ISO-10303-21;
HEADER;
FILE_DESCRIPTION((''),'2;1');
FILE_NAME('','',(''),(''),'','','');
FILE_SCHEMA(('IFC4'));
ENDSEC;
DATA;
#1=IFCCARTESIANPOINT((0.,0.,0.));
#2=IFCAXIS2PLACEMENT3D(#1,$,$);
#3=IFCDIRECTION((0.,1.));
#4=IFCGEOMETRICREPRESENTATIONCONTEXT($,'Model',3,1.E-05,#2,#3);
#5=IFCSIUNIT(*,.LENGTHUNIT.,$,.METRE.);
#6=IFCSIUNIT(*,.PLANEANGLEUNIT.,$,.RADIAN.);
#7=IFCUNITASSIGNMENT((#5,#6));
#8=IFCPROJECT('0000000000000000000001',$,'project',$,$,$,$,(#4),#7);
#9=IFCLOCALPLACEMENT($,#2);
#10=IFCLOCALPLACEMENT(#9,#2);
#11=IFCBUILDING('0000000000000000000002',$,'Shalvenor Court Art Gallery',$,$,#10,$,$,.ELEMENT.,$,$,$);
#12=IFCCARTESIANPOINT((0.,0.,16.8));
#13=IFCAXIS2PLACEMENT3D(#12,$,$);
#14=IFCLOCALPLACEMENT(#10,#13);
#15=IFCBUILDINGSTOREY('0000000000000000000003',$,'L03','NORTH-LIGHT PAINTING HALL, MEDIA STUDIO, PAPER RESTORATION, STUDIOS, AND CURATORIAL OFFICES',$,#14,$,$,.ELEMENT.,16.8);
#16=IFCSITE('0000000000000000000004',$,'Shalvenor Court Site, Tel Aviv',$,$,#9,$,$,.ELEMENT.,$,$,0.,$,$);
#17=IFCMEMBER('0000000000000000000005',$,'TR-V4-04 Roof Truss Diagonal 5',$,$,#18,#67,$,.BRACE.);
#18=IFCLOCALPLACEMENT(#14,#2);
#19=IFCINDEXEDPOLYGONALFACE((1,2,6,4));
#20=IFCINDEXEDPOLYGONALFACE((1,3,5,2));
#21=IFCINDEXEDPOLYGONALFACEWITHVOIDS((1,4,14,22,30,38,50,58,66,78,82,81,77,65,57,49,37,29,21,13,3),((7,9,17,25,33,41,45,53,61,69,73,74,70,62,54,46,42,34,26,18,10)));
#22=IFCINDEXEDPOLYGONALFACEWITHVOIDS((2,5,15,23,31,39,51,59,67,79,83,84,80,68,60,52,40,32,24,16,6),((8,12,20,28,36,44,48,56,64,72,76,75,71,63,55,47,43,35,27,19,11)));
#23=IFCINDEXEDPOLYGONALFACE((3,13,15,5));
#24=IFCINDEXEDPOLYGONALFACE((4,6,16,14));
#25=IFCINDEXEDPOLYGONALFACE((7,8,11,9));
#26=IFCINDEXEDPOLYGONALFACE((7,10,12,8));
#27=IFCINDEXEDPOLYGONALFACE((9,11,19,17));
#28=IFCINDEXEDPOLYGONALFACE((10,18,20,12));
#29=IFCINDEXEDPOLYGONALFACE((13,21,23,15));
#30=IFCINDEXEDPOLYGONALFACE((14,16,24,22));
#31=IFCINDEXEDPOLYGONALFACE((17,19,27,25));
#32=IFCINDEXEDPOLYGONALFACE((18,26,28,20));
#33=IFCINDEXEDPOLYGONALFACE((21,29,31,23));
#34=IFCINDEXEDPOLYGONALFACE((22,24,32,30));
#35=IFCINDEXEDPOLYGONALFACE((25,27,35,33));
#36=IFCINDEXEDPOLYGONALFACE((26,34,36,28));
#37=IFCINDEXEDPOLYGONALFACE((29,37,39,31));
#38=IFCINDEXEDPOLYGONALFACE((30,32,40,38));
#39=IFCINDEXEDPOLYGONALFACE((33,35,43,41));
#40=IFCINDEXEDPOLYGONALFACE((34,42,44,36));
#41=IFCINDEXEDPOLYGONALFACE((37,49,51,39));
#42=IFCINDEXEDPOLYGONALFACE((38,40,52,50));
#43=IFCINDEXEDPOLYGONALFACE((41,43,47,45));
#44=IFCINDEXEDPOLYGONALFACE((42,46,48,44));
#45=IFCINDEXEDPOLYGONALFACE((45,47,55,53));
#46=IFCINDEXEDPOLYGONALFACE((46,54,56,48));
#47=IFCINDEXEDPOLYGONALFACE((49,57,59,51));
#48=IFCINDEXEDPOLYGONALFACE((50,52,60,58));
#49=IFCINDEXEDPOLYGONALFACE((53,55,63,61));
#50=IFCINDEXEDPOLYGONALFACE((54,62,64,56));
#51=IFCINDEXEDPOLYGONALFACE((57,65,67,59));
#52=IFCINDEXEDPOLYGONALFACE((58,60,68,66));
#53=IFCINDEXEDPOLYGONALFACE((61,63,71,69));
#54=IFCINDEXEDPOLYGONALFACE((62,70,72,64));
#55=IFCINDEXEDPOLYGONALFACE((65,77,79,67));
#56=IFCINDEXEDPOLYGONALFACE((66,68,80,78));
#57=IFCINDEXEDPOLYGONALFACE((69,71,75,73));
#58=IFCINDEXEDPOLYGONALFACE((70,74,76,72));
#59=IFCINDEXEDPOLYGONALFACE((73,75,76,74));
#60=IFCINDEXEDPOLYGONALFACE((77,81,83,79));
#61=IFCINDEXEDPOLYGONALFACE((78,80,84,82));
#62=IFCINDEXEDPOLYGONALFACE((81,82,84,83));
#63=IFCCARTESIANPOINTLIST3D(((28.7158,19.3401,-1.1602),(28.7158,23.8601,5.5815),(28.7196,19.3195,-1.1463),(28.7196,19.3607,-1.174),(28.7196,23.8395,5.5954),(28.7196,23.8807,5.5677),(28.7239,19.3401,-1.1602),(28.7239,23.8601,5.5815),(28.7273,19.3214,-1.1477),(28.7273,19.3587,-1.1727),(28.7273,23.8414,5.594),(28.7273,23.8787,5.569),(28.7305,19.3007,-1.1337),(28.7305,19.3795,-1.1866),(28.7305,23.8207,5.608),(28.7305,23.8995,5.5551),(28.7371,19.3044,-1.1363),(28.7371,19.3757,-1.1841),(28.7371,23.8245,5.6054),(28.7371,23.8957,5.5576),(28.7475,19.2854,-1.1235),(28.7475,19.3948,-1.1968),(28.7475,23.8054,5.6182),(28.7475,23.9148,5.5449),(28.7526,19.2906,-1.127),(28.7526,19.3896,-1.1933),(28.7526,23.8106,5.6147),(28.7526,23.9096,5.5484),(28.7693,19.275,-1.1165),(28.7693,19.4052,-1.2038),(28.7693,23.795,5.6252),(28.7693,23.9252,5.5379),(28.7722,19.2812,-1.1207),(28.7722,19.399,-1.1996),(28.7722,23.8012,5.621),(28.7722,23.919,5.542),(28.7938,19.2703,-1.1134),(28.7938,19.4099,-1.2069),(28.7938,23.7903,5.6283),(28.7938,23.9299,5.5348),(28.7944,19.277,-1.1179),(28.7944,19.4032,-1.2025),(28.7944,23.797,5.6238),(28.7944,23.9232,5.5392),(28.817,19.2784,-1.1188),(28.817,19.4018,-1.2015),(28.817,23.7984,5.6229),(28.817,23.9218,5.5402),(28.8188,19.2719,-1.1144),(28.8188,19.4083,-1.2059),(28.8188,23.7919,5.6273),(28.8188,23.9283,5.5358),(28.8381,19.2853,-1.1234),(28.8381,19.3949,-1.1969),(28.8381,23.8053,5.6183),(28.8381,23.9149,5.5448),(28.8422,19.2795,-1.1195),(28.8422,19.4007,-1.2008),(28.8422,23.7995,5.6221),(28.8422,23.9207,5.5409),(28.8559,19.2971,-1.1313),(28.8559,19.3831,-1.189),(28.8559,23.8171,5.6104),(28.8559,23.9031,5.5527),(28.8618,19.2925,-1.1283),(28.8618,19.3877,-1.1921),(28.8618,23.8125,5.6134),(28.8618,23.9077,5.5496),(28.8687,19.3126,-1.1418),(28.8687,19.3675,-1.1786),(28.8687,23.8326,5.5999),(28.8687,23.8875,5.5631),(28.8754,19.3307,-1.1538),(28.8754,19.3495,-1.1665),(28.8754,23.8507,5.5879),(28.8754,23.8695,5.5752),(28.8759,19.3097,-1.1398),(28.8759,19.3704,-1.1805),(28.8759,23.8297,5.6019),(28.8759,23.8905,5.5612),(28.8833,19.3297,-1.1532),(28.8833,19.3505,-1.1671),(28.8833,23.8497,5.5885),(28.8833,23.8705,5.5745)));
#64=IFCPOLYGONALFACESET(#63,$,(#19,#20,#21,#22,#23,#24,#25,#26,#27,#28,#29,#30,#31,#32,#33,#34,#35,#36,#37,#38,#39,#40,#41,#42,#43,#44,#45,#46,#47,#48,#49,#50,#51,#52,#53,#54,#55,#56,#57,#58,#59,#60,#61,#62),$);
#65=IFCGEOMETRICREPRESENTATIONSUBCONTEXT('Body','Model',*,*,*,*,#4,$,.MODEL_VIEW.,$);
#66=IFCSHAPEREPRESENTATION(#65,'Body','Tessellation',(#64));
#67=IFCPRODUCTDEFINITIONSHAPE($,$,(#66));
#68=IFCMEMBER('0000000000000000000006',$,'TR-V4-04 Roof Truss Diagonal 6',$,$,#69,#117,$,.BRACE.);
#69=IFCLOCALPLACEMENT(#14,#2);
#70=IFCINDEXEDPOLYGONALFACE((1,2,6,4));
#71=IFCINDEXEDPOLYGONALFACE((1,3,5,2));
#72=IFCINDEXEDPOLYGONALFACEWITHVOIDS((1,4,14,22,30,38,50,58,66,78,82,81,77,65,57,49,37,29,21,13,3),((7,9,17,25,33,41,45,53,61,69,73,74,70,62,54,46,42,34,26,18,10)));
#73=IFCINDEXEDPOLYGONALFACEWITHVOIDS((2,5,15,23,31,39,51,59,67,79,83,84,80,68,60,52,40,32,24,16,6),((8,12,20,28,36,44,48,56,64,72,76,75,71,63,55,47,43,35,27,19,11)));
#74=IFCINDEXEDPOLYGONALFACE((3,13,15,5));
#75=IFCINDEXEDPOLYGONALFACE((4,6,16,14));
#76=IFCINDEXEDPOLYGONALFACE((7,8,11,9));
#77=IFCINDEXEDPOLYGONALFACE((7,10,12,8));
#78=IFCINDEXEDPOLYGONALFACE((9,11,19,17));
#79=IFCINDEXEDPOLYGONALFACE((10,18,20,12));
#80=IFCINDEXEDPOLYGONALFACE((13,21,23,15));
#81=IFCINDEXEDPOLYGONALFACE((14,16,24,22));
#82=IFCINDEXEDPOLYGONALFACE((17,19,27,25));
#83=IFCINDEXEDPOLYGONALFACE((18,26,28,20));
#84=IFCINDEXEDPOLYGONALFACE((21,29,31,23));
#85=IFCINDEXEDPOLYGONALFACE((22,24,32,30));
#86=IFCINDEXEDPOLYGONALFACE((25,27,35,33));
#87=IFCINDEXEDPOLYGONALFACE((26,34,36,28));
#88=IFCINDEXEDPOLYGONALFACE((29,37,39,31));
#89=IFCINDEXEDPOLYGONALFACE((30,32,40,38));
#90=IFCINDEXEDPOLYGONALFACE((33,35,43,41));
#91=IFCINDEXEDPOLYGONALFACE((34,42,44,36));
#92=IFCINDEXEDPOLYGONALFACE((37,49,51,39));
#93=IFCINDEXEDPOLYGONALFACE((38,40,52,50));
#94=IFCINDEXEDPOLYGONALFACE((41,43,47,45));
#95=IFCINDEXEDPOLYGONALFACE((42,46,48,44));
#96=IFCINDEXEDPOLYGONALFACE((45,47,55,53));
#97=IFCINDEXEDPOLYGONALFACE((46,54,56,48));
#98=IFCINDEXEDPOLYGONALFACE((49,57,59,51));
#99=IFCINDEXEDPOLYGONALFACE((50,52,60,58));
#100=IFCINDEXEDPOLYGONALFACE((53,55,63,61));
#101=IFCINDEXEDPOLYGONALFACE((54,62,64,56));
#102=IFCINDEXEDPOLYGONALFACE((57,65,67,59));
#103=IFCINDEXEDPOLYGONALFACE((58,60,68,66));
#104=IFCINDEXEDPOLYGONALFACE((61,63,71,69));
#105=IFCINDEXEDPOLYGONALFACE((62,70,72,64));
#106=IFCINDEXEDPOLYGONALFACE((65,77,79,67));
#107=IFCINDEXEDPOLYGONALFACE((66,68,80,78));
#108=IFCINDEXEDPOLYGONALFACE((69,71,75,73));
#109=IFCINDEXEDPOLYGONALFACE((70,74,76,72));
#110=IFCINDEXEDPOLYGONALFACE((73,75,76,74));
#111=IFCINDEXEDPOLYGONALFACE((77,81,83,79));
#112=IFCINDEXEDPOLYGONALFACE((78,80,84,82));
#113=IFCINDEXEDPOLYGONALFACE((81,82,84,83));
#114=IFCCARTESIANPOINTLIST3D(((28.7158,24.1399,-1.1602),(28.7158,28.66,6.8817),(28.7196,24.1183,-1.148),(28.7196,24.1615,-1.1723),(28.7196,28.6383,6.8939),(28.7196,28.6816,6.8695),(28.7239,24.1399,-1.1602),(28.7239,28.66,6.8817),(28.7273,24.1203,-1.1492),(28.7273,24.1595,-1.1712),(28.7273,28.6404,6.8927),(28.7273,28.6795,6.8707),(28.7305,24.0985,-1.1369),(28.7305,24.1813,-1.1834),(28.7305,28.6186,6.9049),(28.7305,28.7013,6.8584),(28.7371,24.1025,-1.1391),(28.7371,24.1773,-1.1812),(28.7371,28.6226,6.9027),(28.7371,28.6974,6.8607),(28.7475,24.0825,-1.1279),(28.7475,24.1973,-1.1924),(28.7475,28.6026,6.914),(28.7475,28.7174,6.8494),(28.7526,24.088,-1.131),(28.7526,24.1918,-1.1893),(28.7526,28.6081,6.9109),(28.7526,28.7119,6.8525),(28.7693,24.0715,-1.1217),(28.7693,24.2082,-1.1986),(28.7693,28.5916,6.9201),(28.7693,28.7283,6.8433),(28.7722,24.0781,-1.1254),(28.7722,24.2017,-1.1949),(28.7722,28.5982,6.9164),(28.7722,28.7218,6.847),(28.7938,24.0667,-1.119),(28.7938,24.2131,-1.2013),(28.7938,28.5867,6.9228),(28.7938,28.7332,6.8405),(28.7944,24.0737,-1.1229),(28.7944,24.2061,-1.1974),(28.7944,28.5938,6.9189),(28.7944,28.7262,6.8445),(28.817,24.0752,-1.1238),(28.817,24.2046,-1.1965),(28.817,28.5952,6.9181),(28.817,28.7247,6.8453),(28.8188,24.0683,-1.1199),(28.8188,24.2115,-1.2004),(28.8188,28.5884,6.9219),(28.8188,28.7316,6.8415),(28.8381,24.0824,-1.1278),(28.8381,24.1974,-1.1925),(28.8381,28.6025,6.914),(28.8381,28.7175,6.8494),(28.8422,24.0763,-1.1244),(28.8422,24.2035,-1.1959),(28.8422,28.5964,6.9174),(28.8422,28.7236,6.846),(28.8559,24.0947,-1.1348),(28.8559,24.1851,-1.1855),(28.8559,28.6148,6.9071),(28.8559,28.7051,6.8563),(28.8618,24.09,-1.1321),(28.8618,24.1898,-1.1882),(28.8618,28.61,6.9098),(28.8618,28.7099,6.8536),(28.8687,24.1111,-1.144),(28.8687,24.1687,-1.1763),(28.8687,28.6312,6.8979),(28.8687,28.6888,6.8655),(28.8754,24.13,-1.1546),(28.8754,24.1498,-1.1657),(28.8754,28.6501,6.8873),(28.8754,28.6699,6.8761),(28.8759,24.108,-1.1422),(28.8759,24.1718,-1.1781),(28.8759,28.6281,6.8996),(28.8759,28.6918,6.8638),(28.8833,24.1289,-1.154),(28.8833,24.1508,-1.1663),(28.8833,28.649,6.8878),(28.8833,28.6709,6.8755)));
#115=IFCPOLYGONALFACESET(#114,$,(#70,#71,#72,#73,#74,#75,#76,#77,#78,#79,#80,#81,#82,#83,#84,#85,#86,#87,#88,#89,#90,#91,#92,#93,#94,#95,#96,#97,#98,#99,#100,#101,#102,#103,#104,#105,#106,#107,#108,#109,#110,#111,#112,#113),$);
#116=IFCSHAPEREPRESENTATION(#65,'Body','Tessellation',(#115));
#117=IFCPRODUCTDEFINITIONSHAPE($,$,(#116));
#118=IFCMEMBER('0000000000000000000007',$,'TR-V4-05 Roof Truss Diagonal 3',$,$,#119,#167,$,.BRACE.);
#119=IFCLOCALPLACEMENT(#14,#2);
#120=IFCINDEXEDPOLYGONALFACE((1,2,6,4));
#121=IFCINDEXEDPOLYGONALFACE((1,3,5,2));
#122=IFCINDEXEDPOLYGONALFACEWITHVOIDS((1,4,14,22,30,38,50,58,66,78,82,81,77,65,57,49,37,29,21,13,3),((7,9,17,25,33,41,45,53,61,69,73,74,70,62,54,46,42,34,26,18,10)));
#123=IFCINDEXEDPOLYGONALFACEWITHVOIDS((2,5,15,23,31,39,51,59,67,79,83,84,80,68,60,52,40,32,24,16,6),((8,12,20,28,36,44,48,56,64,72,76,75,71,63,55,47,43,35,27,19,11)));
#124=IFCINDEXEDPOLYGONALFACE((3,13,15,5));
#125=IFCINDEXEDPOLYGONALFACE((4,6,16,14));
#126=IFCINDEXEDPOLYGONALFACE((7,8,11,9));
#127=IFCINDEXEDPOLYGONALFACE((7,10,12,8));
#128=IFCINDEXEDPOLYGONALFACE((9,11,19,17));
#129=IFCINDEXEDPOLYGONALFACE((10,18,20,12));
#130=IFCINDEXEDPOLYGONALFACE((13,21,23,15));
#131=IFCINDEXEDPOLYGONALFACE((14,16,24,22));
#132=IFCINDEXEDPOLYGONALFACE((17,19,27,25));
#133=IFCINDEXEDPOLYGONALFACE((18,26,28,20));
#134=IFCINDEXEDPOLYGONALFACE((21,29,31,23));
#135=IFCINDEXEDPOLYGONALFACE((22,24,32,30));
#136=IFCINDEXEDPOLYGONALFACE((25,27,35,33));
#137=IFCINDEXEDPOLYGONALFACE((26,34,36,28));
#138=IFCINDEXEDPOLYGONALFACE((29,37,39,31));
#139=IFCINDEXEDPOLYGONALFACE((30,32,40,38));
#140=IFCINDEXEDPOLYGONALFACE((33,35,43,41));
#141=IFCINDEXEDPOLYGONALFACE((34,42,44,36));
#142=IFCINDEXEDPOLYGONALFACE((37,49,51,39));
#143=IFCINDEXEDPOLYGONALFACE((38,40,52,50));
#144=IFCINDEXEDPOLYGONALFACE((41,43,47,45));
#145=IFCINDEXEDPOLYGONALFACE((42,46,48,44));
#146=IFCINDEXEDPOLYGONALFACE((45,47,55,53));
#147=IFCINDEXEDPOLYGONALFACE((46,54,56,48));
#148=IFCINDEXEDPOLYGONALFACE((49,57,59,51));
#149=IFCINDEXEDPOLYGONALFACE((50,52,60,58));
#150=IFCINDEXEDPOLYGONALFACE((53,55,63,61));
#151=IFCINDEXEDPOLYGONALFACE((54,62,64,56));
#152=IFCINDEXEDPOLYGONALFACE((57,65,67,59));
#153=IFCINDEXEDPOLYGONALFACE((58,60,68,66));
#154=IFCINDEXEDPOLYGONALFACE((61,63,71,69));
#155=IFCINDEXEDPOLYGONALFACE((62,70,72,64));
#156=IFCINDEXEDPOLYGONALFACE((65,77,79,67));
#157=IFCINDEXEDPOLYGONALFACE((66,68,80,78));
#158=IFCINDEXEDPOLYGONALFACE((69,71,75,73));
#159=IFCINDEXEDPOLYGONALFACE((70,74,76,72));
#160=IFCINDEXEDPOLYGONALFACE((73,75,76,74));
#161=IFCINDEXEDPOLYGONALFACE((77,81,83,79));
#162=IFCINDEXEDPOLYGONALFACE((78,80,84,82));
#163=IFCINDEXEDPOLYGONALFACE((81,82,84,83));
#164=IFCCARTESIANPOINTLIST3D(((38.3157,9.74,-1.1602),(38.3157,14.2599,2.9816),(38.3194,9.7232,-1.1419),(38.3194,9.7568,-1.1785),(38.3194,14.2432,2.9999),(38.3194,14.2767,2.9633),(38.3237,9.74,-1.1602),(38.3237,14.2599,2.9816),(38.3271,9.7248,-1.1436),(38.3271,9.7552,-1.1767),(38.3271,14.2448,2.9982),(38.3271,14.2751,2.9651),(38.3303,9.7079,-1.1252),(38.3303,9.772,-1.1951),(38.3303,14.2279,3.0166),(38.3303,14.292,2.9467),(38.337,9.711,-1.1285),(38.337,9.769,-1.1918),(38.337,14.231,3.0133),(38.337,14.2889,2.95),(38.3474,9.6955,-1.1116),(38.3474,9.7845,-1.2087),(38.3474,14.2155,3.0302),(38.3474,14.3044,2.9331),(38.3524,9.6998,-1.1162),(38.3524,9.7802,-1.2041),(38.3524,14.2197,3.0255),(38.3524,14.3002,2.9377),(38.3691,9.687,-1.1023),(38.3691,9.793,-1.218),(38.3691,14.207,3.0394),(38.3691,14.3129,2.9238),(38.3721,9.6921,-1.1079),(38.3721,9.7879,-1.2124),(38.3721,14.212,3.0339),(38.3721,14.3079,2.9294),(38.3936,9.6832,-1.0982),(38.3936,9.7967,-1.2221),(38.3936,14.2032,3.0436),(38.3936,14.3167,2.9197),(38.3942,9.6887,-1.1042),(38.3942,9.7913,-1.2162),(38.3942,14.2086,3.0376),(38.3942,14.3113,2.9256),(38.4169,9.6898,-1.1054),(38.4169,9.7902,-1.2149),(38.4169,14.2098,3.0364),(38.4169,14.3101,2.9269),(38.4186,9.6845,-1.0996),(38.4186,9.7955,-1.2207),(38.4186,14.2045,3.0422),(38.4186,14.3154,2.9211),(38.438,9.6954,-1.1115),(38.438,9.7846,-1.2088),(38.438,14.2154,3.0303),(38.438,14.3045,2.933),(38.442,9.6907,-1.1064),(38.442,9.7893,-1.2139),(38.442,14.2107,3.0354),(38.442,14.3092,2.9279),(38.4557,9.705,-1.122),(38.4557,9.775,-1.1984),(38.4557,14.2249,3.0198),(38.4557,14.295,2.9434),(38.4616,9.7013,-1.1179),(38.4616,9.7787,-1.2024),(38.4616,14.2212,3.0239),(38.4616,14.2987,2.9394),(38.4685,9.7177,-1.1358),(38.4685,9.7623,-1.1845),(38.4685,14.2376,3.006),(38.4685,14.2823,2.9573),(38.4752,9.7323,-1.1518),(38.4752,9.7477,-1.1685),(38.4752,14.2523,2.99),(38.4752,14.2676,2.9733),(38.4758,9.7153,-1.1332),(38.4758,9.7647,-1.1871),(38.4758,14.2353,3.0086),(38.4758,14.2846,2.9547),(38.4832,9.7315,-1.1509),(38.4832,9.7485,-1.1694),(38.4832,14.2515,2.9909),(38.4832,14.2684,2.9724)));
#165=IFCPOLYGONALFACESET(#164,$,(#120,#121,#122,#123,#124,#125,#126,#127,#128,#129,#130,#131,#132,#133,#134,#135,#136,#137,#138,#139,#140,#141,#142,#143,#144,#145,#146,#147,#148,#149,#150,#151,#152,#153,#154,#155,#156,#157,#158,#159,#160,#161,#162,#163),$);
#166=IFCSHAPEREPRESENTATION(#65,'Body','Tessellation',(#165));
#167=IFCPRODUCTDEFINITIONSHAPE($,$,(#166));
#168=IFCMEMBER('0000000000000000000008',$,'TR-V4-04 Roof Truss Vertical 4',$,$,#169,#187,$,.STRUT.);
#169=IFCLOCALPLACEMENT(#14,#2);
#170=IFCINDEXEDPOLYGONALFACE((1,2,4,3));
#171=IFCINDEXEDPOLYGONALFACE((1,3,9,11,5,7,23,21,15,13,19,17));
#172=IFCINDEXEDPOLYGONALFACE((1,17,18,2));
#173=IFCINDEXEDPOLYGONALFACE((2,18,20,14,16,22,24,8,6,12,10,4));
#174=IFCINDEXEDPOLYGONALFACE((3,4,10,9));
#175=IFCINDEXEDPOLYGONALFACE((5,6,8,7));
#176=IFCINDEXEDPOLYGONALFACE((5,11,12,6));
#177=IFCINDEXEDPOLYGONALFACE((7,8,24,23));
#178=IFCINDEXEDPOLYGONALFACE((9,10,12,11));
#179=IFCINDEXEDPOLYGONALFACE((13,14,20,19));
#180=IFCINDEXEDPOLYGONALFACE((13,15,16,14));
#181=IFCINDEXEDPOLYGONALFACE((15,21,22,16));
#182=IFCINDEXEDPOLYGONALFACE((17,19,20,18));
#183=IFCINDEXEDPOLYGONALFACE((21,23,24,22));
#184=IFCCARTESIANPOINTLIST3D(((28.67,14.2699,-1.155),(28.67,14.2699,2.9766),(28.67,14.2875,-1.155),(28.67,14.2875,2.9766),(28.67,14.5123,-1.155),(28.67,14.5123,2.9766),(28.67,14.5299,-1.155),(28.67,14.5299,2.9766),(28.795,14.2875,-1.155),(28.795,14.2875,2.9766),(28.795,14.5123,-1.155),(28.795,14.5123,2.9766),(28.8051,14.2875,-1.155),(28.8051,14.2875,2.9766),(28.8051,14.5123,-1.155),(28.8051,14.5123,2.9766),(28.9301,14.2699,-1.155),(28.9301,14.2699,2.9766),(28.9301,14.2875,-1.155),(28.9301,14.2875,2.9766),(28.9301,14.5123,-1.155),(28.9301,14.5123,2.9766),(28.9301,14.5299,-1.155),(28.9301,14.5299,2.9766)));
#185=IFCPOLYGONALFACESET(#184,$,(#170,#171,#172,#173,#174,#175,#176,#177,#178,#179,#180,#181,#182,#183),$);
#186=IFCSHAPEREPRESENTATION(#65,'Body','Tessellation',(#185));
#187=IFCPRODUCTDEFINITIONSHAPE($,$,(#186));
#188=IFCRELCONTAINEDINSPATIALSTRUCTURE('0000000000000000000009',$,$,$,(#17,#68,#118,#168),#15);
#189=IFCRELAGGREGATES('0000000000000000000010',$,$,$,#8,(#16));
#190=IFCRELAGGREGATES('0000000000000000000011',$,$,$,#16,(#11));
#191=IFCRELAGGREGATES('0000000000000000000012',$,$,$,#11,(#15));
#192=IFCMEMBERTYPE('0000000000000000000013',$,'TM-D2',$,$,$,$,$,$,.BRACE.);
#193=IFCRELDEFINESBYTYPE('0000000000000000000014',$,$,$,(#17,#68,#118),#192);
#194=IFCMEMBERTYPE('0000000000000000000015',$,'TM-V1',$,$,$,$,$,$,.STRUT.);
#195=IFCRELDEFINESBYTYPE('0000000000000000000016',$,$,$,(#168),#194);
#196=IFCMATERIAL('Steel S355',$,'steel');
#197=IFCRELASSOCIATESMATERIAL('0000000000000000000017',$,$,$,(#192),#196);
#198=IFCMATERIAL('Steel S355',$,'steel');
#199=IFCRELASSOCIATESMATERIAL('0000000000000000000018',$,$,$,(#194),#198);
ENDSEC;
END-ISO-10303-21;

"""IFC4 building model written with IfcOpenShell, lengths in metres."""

from ifc_helpers import new_model, si_unit, direction, frame, origin, origin_2d, place, context, subcontext, project, spatial, hollow_circle, i_section, extrude, material, material_profile, profile_set, type_object, element, save


model = new_model("IFC4")

# Units and contexts
model_context = context("Model", 3, precision=1e-05, world=origin(), true_north=direction((0.0, 1.0)))
body_context = subcontext(model_context, "Body", "Model", "MODEL_VIEW")
ifc_project = project(units=[si_unit("LENGTHUNIT", "METRE"), si_unit("PLANEANGLEUNIT", "RADIAN")], contexts=[model_context])

# Site, building, storey
site_placement = place(None, origin())
site = spatial("IfcSite", under=ifc_project, at=site_placement, Name="Shalvenor Court Site, Tel Aviv", CompositionType="ELEMENT", RefElevation=0.0)
building_placement = place(site_placement, origin())
building = spatial("IfcBuilding", under=site, at=building_placement, Name="Shalvenor Court Art Gallery", CompositionType="ELEMENT")
storey_placement = place(building_placement, frame((0.0, 0.0, 16.8)))
storey = spatial("IfcBuildingStorey", under=building, at=storey_placement, Name="L03", Description="NORTH-LIGHT PAINTING HALL, MEDIA STUDIO, PAPER RESTORATION, STUDIOS, AND CURATORIAL OFFICES", CompositionType="ELEMENT", Elevation=16.8)

# Members
ifc_material_1 = material(Name="Steel S355", Category="steel")
ifc_material_profile_1 = material_profile(ifc_material_1, hollow_circle(Radius=0.0842, WallThickness=0.0081, at=origin_2d()), Name="CHS 168.3x8.0")
ifc_profile_set_1 = profile_set([ifc_material_profile_1], Name="Steel S355")
member_type_1 = type_object("IfcMemberType", Name="TM-D2", PredefinedType="BRACE", material=ifc_profile_set_1)
member_1_placement = place(storey_placement, frame((28.8, 19.3401, -1.1602), z_axis=(0.0, 0.556878, 0.830594), x_axis=(-1.0, 0.0, 0.0)))
element("IfcMember", 1, at=member_1_placement, inside=storey, type_object=member_type_1, Name="TR-V4-04 Roof Truss Diagonal 5", PredefinedType="BRACE", context=body_context, shape_type="SweptSolid", body=[
    extrude(hollow_circle(Radius=0.0842, WallThickness=0.0081, at=origin_2d()), origin(), (0.0, 0.0, 1.0), 8.1167),
])
member_2_placement = place(storey_placement, frame((28.8, 24.1399, -1.1602), z_axis=(0.0, 0.489976, 0.871736), x_axis=(-1.0, 0.0, 0.0)))
element("IfcMember", 2, at=member_2_placement, inside=storey, type_object=member_type_1, Name="TR-V4-04 Roof Truss Diagonal 6", PredefinedType="BRACE", context=body_context, shape_type="SweptSolid", body=[
    extrude(hollow_circle(Radius=0.0842, WallThickness=0.0081, at=origin_2d()), origin(), (0.0, 0.0, 1.0), 9.2251),
])
member_3_placement = place(storey_placement, frame((38.3999, 9.74, -1.1602), z_axis=(0.0, 0.737276, 0.675591), x_axis=(-1.0, 0.0, 0.0)))
element("IfcMember", 3, at=member_3_placement, inside=storey, type_object=member_type_1, Name="TR-V4-05 Roof Truss Diagonal 3", PredefinedType="BRACE", context=body_context, shape_type="SweptSolid", body=[
    extrude(hollow_circle(Radius=0.0842, WallThickness=0.0081, at=origin_2d()), origin(), (0.0, 0.0, 1.0), 6.1306),
])
ifc_material_2 = material(Name="Steel S355", Category="steel")
ifc_material_profile_2 = material_profile(ifc_material_2, i_section(OverallWidth=0.26, OverallDepth=0.26, WebThickness=0.01, FlangeThickness=0.0176, at=origin_2d()), Name="HEB 260")
ifc_profile_set_2 = profile_set([ifc_material_profile_2], Name="Steel S355")
member_type_2 = type_object("IfcMemberType", Name="TM-V1", PredefinedType="STRUT", material=ifc_profile_set_2)
member_4_placement = place(storey_placement, frame((28.8, 14.3999, -1.155), z_axis=(0.0, 0.0, 1.0), x_axis=(1.0, 0.0, 0.0)))
element("IfcMember", 4, at=member_4_placement, inside=storey, type_object=member_type_2, Name="TR-V4-04 Roof Truss Vertical 4", PredefinedType="STRUT", context=body_context, shape_type="SweptSolid", body=[
    extrude(i_section(OverallWidth=0.26, OverallDepth=0.26, WebThickness=0.01, FlangeThickness=0.0176, at=origin_2d()), origin(), (0.0, 0.0, 1.0), 4.1316),
])

save(model, "model.ifc")
